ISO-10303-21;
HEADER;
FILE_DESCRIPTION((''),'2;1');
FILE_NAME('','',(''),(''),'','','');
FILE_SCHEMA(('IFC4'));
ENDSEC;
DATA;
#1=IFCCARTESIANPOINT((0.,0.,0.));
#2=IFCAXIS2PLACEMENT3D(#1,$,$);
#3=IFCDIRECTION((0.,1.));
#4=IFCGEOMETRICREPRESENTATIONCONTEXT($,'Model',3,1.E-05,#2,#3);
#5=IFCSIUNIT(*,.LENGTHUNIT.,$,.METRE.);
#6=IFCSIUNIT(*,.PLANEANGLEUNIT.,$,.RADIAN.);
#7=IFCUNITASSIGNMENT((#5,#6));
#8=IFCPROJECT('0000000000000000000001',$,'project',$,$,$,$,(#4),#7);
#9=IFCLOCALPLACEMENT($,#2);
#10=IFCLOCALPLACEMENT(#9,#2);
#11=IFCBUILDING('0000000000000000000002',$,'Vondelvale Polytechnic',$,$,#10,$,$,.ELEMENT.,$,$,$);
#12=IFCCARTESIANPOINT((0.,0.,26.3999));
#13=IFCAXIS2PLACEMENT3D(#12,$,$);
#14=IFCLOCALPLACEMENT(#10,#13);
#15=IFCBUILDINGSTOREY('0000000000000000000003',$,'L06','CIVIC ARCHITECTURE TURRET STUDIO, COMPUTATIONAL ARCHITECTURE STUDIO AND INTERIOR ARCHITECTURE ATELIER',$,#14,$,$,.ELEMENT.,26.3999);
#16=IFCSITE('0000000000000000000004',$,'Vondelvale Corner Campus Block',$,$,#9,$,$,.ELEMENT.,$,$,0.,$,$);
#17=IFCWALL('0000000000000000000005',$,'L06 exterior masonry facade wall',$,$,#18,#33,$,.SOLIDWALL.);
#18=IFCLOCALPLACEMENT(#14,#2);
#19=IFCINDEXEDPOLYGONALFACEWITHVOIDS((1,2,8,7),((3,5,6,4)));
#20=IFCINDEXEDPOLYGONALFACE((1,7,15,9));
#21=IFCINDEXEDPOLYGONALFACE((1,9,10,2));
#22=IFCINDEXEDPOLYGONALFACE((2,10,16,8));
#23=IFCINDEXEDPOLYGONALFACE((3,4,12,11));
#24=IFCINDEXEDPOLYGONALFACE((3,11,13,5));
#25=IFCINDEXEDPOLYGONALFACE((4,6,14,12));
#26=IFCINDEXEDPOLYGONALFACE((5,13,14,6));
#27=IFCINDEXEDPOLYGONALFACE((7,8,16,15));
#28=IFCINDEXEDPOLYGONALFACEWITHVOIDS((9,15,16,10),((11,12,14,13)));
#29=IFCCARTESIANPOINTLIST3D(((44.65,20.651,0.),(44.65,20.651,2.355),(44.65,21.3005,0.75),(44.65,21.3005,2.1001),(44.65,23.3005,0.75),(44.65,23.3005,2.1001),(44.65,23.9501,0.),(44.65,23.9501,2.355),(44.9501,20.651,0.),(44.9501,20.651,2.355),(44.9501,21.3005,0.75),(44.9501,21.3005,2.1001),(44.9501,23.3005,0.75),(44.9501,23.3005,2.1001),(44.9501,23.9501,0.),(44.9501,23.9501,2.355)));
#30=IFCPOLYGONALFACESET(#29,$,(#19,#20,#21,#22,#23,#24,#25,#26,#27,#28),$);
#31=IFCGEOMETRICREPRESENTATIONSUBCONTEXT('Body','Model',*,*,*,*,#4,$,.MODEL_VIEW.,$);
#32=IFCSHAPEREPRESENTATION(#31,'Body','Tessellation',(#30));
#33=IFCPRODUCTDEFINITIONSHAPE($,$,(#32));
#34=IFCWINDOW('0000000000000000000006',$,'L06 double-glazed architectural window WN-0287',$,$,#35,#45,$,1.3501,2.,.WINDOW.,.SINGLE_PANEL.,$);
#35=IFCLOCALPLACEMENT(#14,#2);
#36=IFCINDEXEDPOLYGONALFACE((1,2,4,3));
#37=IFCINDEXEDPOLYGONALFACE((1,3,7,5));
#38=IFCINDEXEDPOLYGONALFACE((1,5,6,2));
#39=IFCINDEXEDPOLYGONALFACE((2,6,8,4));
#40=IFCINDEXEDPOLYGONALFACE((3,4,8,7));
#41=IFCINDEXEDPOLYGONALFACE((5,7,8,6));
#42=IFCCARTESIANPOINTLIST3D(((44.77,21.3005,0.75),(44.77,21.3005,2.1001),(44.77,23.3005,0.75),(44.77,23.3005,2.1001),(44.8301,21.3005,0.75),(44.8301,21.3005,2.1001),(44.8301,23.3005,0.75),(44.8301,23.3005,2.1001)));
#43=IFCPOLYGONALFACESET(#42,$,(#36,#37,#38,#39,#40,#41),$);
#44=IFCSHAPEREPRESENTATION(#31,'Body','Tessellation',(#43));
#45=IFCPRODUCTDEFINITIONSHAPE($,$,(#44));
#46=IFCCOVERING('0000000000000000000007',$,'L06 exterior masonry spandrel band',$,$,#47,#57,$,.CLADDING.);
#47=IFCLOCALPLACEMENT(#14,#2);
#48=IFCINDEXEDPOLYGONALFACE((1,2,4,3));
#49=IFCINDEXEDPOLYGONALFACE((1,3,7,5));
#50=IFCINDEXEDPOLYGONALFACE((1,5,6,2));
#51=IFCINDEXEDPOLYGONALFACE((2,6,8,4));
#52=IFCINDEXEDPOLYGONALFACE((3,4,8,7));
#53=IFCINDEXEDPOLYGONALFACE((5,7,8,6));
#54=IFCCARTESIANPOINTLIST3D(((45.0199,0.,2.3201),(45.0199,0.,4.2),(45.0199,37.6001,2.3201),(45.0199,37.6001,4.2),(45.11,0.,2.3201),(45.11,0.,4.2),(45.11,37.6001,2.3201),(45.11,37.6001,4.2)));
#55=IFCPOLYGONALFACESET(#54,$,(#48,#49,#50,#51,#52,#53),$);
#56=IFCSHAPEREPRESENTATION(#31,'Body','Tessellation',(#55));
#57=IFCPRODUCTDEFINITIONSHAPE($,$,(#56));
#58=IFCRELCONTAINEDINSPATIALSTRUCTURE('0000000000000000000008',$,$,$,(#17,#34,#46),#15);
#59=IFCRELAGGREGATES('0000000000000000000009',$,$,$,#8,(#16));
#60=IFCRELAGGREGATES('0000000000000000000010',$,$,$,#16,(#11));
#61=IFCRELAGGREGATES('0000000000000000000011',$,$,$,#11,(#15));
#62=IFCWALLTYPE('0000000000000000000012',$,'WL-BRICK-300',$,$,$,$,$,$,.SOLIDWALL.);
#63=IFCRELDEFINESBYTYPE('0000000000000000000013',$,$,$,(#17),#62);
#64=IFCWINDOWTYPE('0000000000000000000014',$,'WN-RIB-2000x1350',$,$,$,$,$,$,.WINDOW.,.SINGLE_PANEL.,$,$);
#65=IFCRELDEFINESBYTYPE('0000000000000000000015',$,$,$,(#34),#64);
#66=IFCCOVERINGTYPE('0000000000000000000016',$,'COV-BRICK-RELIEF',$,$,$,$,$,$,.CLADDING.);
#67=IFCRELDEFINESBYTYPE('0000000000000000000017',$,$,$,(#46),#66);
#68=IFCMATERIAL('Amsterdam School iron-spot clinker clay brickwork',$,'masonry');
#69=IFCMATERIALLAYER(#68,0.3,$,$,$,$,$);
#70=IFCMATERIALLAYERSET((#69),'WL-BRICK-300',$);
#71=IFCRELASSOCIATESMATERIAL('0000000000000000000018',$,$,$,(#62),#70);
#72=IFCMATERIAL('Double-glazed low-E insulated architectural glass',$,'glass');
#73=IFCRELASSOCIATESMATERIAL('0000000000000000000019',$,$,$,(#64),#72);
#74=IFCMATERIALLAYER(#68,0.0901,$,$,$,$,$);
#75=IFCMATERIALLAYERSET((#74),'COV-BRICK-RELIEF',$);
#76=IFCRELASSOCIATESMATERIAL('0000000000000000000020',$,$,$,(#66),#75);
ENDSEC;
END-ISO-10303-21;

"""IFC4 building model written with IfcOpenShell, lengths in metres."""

from ifc_helpers import new_model, si_unit, direction, frame, frame_2d, origin, origin_2d, place, context, subcontext, project, spatial, rectangle, extrude, material, layer, layer_set, type_object, element, fill, save


model = new_model("IFC4")

# Units and contexts
model_context = context("Model", 3, precision=1e-05, world=origin(), true_north=direction((0.0, 1.0)))
body_context = subcontext(model_context, "Body", "Model", "MODEL_VIEW")
ifc_project = project(units=[si_unit("LENGTHUNIT", "METRE"), si_unit("PLANEANGLEUNIT", "RADIAN")], contexts=[model_context])

# Site, building, storey
site_placement = place(None, origin())
site = spatial("IfcSite", under=ifc_project, at=site_placement, Name="Vondelvale Corner Campus Block", CompositionType="ELEMENT", RefElevation=0.0)
building_placement = place(site_placement, origin())
building = spatial("IfcBuilding", under=site, at=building_placement, Name="Vondelvale Polytechnic", CompositionType="ELEMENT")
storey_placement = place(building_placement, frame((0.0, 0.0, 26.3999)))
storey = spatial("IfcBuildingStorey", under=building, at=storey_placement, Name="L06", Description="CIVIC ARCHITECTURE TURRET STUDIO, COMPUTATIONAL ARCHITECTURE STUDIO AND INTERIOR ARCHITECTURE ATELIER", CompositionType="ELEMENT", Elevation=26.3999)

# Shared definitions
ifc_material_1 = material(Name="Double-glazed low-E insulated architectural glass", Category="glass")

# Wall, opening, window
ifc_material_2 = material(Name="Amsterdam School iron-spot clinker clay brickwork", Category="masonry")
ifc_layer_1 = layer(ifc_material_2, 0.3)
ifc_layer_set_1 = layer_set([ifc_layer_1], Name="WL-BRICK-300")
wall_type = type_object("IfcWallType", Name="WL-BRICK-300", PredefinedType="SOLIDWALL", material=ifc_layer_set_1)
wall_placement = place(storey_placement, frame((44.8, 23.95, 0.0), z_axis=(0.0, 0.0, 1.0), x_axis=(0.0, -1.0, 0.0)))
wall = element("IfcWall", 1, at=wall_placement, inside=storey, type_object=wall_type, Name="L06 exterior masonry facade wall", PredefinedType="SOLIDWALL", context=body_context, shape_type="SweptSolid", body=[
    extrude(rectangle(XDim=3.2991, YDim=0.3, at=frame_2d((1.6494, 0.0))), origin(), (0.0, 0.0, 1.0), 2.355),
])
opening_placement = place(wall_placement, frame((0.6494, 0.0, 0.75)))
opening = element("IfcOpeningElement", 2, at=opening_placement, cuts=wall, PredefinedType="OPENING", context=body_context, shape_type="SweptSolid", body=[
    extrude(rectangle(XDim=2.0, YDim=1.3501, at=frame_2d((1.0, 0.675))), frame((0.0, 0.1599, 0.0), z_axis=(0.0, -1.0, 0.0), x_axis=(1.0, 0.0, 0.0)), (0.0, 0.0, 1.0), 0.3201),
])
window_type = type_object("IfcWindowType", Name="WN-RIB-2000x1350", PartitioningType="SINGLE_PANEL", PredefinedType="WINDOW", material=ifc_material_1)
window_placement = place(opening_placement, origin())
window = element("IfcWindow", 3, at=window_placement, inside=storey, type_object=window_type, Name="L06 double-glazed architectural window WN-0287", OverallHeight=1.3501, OverallWidth=2.0, PartitioningType="SINGLE_PANEL", PredefinedType="WINDOW", context=body_context, shape_type="SweptSolid", body=[
    extrude(rectangle(XDim=2.0, YDim=1.3501, at=frame_2d((1.0, 0.675))), frame((0.0, 0.03, 0.0), z_axis=(0.0, -1.0, 0.0), x_axis=(1.0, 0.0, 0.0)), (0.0, 0.0, 1.0), 0.0601),
])
fill(opening, window)

# Covering
ifc_layer_2 = layer(ifc_material_2, 0.0901)
ifc_layer_set_2 = layer_set([ifc_layer_2], Name="COV-BRICK-RELIEF")
covering_type = type_object("IfcCoveringType", Name="COV-BRICK-RELIEF", PredefinedType="CLADDING", material=ifc_layer_set_2)
covering_placement = place(storey_placement, frame((45.0649, 18.8, 2.3201), z_axis=(0.0, 0.0, 1.0), x_axis=(0.0, 1.0, 0.0)))
element("IfcCovering", 4, at=covering_placement, inside=storey, type_object=covering_type, Name="L06 exterior masonry spandrel band", PredefinedType="CLADDING", context=body_context, shape_type="SweptSolid", body=[
    extrude(rectangle(XDim=37.6001, YDim=0.0901, at=origin_2d()), origin(), (0.0, 0.0, 1.0), 1.8799),
])

save(model, "model.ifc")
